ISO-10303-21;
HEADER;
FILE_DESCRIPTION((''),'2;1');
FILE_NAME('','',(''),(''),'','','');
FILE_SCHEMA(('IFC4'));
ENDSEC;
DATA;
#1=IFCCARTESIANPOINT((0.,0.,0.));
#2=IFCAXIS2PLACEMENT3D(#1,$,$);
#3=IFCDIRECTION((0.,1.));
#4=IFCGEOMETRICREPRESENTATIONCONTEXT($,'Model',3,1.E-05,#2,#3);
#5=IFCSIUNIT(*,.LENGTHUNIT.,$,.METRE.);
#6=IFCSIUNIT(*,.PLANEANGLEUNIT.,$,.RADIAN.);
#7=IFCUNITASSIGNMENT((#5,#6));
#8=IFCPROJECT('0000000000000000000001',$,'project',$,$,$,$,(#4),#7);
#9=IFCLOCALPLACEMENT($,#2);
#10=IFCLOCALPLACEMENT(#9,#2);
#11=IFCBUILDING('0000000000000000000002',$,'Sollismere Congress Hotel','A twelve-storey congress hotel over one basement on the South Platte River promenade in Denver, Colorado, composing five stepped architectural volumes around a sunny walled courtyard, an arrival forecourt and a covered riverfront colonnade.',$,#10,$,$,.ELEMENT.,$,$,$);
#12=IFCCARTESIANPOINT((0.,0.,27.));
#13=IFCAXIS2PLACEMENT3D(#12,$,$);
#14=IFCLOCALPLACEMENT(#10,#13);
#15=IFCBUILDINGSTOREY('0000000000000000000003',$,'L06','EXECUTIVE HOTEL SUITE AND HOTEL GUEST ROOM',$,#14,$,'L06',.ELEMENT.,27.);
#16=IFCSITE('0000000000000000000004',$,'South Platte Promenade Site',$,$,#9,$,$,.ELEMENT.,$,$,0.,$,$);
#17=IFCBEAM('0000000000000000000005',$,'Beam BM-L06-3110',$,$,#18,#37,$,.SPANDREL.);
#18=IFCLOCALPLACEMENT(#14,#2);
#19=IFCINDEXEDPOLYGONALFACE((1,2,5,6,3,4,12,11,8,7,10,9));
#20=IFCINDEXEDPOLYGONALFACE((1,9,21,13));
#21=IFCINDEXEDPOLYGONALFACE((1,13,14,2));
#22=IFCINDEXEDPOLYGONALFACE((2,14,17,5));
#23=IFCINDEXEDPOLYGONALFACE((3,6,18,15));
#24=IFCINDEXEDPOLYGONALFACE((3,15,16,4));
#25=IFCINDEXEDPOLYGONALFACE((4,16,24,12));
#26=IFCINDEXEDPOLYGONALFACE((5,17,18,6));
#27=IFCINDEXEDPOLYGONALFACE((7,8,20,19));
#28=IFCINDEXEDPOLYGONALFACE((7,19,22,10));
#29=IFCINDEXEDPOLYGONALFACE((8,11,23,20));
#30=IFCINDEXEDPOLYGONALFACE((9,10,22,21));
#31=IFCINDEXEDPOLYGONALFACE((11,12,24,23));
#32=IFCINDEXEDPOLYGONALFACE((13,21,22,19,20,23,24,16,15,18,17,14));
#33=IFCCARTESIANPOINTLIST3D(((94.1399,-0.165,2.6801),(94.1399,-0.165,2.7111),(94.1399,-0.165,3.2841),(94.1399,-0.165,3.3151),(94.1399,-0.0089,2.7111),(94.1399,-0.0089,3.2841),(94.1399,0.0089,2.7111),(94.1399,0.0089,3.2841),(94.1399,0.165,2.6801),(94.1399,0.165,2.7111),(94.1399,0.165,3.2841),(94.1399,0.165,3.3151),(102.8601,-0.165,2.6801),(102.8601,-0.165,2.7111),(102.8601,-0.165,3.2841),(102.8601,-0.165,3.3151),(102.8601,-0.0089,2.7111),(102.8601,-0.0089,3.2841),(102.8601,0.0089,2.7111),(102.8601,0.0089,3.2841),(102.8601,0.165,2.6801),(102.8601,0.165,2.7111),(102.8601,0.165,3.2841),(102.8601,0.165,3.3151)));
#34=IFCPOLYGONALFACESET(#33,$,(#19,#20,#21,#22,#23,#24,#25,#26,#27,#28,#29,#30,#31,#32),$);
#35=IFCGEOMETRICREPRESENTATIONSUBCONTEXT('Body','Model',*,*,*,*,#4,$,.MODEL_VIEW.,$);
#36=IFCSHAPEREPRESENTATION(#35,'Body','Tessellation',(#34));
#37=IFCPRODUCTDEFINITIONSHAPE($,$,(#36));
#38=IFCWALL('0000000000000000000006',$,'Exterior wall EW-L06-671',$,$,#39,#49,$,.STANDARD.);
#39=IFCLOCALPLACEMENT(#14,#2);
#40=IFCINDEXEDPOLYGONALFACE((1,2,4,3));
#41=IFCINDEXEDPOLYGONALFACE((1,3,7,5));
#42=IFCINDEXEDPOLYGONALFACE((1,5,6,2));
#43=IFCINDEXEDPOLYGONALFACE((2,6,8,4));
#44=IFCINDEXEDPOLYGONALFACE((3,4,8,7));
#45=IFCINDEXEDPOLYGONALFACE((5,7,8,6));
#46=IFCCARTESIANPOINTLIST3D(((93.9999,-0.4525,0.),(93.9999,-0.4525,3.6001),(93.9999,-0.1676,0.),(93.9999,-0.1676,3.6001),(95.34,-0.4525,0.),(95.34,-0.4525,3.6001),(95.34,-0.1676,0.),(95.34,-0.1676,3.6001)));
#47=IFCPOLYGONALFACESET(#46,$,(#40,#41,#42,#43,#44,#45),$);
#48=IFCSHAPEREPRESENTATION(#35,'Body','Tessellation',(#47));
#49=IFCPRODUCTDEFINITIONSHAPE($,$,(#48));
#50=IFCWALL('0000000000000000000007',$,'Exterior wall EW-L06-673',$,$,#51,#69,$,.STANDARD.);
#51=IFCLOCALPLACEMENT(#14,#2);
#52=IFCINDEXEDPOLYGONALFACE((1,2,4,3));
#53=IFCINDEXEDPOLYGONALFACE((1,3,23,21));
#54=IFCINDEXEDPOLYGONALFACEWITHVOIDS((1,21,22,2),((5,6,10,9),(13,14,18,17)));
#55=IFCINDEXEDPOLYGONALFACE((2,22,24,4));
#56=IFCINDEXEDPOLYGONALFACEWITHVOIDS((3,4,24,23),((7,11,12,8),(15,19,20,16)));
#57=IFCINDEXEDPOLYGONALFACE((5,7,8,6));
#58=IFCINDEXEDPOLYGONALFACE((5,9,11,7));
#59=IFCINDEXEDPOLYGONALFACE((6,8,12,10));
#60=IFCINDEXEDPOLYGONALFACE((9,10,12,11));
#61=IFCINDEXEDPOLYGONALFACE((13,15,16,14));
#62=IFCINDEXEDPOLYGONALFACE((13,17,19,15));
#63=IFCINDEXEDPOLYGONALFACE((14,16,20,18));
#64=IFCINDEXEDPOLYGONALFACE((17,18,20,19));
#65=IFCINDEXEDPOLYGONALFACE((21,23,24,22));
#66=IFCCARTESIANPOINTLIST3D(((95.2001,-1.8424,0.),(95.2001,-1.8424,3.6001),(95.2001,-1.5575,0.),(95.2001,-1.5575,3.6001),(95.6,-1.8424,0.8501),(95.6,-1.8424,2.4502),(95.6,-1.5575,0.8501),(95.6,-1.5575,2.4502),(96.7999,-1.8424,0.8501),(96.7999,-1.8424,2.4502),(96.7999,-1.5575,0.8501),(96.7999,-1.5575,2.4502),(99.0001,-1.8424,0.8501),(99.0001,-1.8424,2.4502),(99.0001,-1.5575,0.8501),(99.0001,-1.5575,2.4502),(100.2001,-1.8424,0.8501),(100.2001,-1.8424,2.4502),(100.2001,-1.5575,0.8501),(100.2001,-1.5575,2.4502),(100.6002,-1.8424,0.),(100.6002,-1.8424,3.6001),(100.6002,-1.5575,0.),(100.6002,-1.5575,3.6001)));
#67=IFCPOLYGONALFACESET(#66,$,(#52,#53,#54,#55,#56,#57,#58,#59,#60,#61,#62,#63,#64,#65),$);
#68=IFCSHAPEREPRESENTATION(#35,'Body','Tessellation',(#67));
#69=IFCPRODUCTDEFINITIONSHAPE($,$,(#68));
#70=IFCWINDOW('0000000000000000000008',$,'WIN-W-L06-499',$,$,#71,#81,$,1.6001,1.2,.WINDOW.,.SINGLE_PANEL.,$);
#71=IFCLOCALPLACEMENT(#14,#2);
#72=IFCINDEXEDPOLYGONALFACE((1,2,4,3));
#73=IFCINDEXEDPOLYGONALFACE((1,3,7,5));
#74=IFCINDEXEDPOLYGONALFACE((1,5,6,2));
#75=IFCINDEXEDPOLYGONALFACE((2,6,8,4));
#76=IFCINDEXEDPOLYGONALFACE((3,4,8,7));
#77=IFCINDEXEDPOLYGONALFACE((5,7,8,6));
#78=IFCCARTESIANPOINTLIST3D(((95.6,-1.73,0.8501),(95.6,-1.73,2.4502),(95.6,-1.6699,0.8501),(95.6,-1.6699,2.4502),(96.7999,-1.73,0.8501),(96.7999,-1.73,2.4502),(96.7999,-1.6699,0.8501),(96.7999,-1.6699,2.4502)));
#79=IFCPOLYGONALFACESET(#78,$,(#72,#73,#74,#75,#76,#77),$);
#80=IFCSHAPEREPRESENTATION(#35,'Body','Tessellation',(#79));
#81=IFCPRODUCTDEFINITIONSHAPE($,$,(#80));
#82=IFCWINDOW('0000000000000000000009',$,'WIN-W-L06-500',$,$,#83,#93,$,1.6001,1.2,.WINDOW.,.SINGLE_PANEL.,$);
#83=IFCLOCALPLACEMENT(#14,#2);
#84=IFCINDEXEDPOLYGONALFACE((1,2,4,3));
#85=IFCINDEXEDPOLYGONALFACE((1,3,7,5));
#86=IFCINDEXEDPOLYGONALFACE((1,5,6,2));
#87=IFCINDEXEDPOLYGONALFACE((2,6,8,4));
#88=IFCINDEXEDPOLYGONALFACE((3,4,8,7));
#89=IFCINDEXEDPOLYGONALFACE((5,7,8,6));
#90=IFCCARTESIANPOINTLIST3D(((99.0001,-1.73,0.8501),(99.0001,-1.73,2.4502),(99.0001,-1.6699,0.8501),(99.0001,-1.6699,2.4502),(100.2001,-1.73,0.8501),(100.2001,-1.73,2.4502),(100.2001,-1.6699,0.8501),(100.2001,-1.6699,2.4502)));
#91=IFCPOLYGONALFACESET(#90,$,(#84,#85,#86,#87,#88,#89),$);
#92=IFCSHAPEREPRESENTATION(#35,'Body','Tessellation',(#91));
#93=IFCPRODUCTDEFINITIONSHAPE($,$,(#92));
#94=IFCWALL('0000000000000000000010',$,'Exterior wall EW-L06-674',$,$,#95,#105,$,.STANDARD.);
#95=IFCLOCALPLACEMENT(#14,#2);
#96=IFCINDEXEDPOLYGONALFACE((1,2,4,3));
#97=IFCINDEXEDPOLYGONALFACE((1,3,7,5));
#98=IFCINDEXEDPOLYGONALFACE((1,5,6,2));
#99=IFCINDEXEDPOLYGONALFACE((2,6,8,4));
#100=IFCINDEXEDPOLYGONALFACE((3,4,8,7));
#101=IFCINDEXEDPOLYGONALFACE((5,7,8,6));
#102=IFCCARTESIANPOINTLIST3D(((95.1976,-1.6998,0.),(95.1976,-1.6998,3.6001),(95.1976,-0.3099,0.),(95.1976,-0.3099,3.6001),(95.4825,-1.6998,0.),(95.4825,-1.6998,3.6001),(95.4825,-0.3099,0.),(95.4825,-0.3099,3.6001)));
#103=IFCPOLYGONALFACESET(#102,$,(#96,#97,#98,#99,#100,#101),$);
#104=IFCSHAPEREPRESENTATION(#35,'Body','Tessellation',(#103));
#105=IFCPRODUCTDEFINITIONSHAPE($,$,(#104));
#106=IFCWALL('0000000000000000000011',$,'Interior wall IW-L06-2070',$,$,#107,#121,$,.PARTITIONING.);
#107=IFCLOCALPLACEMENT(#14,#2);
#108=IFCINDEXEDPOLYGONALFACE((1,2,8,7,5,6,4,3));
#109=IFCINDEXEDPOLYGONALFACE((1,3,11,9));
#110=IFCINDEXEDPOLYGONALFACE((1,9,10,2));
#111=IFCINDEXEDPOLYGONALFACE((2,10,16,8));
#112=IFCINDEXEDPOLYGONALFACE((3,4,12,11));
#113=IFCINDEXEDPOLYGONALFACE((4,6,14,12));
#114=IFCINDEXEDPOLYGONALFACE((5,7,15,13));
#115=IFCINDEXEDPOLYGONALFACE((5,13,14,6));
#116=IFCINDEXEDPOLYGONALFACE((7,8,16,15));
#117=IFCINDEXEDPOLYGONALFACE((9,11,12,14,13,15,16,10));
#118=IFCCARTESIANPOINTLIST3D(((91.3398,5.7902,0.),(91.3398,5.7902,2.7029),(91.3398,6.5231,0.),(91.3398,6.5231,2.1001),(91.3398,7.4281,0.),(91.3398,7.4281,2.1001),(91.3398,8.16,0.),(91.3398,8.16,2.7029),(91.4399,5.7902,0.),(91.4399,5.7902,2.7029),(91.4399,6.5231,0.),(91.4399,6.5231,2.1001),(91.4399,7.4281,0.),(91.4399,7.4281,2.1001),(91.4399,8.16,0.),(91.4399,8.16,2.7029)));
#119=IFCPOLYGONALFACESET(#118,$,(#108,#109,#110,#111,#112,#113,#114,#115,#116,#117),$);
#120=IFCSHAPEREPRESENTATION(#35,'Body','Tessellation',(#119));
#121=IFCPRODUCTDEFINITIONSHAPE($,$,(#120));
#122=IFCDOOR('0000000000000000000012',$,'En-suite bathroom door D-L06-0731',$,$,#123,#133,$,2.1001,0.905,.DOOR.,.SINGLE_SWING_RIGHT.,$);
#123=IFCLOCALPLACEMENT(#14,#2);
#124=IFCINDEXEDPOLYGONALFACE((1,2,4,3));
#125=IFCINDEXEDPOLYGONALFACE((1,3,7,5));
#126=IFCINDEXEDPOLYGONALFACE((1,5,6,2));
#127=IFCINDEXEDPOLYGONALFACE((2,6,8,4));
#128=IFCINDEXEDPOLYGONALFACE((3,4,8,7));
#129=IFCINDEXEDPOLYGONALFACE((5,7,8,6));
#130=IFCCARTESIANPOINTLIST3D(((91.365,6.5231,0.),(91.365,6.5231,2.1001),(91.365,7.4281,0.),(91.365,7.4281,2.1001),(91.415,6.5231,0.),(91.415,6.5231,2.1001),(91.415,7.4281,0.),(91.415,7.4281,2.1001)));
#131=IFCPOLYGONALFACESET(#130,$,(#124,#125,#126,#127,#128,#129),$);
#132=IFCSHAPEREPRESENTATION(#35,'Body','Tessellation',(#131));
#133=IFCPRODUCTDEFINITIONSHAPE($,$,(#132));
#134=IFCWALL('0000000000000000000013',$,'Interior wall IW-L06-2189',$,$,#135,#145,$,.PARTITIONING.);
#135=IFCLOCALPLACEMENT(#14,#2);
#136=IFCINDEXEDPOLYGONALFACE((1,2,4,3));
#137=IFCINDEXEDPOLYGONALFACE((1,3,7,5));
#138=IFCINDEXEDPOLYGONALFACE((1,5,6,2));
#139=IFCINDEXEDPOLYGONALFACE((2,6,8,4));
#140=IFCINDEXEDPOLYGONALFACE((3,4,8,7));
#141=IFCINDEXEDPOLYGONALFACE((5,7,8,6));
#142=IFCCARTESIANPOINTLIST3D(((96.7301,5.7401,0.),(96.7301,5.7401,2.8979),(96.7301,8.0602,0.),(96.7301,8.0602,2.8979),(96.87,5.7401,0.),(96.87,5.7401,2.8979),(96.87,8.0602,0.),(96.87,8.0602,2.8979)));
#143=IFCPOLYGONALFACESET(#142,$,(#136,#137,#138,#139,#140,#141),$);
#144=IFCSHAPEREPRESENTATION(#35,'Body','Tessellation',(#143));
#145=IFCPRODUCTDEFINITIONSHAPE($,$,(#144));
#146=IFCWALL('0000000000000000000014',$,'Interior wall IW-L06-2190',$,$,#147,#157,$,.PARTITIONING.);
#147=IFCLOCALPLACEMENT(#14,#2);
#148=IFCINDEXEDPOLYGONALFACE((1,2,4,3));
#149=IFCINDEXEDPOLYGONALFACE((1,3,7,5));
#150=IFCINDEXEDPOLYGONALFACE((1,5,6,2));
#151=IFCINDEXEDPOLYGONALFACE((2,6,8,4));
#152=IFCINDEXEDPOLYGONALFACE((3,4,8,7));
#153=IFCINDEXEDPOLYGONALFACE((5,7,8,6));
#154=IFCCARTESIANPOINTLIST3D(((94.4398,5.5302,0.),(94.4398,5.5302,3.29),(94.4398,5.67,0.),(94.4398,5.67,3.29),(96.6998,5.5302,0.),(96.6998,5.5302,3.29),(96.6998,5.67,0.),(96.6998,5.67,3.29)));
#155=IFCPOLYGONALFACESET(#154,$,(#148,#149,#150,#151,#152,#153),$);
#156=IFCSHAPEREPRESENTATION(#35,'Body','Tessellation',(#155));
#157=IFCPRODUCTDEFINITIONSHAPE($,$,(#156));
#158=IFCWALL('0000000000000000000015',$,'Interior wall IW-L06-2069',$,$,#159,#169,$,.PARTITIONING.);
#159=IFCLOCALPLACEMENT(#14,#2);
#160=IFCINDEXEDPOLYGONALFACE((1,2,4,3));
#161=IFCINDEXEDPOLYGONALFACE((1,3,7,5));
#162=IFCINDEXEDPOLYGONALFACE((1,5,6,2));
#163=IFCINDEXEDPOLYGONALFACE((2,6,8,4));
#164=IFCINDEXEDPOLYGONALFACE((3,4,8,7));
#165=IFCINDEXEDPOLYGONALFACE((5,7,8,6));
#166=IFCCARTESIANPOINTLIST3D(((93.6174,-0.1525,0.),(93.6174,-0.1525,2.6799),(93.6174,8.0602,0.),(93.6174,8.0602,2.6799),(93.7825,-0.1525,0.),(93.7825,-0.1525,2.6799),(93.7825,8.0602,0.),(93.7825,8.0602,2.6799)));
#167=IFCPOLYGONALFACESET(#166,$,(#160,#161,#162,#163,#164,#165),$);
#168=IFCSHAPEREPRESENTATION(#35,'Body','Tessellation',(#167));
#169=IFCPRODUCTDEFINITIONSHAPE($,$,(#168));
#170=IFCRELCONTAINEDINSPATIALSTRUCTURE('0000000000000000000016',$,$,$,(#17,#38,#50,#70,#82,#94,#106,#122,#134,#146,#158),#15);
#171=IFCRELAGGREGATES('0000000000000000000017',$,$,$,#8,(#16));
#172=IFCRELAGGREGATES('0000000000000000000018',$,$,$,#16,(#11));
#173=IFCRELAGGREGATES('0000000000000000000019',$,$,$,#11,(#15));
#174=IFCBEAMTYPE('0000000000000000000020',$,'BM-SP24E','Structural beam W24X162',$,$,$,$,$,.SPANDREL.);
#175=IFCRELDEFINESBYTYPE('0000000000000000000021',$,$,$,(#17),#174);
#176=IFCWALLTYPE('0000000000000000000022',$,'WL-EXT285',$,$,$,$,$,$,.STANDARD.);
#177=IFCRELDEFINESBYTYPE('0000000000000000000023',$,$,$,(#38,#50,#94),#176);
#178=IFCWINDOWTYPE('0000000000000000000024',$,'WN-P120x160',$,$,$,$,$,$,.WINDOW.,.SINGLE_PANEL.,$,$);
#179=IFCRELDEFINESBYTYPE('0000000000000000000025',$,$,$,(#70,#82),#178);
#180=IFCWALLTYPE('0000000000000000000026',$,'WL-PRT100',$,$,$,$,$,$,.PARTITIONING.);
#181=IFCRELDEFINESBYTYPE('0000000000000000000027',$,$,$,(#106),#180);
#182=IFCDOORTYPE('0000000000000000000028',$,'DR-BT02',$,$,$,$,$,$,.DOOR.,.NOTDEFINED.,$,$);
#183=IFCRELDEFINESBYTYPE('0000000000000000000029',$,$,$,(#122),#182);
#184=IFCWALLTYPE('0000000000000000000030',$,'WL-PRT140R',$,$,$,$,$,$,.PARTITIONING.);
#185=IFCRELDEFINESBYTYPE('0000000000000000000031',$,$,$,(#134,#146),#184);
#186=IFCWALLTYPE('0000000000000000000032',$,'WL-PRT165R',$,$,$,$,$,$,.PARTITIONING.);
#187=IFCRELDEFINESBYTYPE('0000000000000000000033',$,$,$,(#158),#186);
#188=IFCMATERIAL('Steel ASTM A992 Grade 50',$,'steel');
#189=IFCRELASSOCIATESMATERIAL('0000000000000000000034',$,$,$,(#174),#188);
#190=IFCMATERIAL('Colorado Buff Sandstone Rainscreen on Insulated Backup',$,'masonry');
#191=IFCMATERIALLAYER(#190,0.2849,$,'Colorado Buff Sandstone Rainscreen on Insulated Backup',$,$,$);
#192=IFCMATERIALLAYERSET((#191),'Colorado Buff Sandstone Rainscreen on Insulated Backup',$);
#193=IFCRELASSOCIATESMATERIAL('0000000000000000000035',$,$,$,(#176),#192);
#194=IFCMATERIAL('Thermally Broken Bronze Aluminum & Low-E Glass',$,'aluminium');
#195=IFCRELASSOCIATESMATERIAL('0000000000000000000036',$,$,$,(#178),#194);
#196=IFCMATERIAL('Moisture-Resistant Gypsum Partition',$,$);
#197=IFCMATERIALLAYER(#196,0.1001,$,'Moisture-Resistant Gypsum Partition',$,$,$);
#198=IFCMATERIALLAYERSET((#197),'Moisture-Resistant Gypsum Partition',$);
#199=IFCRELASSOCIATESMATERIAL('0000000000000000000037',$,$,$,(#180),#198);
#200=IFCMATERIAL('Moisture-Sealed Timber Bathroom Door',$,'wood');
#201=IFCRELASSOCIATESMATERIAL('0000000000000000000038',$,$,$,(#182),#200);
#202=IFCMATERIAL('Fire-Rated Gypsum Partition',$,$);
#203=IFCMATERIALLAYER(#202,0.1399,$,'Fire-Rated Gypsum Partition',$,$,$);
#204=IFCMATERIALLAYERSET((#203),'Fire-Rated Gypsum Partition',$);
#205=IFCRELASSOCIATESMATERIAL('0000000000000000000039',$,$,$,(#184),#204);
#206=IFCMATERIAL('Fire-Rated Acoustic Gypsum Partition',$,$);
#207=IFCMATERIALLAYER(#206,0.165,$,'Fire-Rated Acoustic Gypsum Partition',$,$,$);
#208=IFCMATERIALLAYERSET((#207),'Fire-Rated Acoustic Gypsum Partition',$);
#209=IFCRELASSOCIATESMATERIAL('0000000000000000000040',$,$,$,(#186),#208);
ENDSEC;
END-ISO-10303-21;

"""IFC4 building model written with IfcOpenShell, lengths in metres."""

from ifc_helpers import new_model, si_unit, direction, frame, frame_2d, origin, origin_2d, place, context, subcontext, project, spatial, rectangle, i_section, extrude, material, layer, layer_set, material_profile, profile_set, type_object, element, fill, save


model = new_model("IFC4")

# Units and contexts
model_context = context("Model", 3, precision=1e-05, world=origin(), true_north=direction((0.0, 1.0)))
body_context = subcontext(model_context, "Body", "Model", "MODEL_VIEW")
ifc_project = project(units=[si_unit("LENGTHUNIT", "METRE"), si_unit("PLANEANGLEUNIT", "RADIAN")], contexts=[model_context])

# Site, building, storey
site_placement = place(None, origin())
site = spatial("IfcSite", under=ifc_project, at=site_placement, Name="South Platte Promenade Site", CompositionType="ELEMENT", RefElevation=0.0)
building_placement = place(site_placement, origin())
building = spatial("IfcBuilding", under=site, at=building_placement, Name="Sollismere Congress Hotel", Description="A twelve-storey congress hotel over one basement on the South Platte River promenade in Denver, Colorado, composing five stepped architectural volumes around a sunny walled courtyard, an arrival forecourt and a covered riverfront colonnade.", CompositionType="ELEMENT")
storey_placement = place(building_placement, frame((0.0, 0.0, 27.0)))
storey = spatial("IfcBuildingStorey", under=building, at=storey_placement, Name="L06", Description="EXECUTIVE HOTEL SUITE AND HOTEL GUEST ROOM", LongName="L06", CompositionType="ELEMENT", Elevation=27.0)

# Shared definitions
ifc_material_1 = material(Name="Steel ASTM A992 Grade 50", Category="steel")

# Beam
ifc_material_profile_1 = material_profile(ifc_material_1, i_section(OverallWidth=0.3301, OverallDepth=0.635, WebThickness=0.0178, FlangeThickness=0.031, at=origin_2d()), Name="W24X162")
ifc_profile_set_1 = profile_set([ifc_material_profile_1], Name="Steel ASTM A992 Grade 50")
beam_type_1 = type_object("IfcBeamType", Name="BM-SP24E", Description="Structural beam W24X162", PredefinedType="SPANDREL", material=ifc_profile_set_1)
beam_1_placement = place(storey_placement, frame((94.1399, 0.0, 2.9976), z_axis=(1.0, 0.0, 0.0), x_axis=(0.0, 1.0, 0.0)))
element("IfcBeam", 1, at=beam_1_placement, inside=storey, type_object=beam_type_1, Name="Beam BM-L06-3110", PredefinedType="SPANDREL", context=body_context, shape_type="SweptSolid", body=[
    extrude(i_section(OverallWidth=0.3301, OverallDepth=0.635, WebThickness=0.0178, FlangeThickness=0.031, at=origin_2d()), origin(), (0.0, 0.0, 1.0), 8.7202),
])

# Wall
ifc_material_2 = material(Name="Colorado Buff Sandstone Rainscreen on Insulated Backup", Category="masonry")
ifc_layer_1 = layer(ifc_material_2, 0.2849, Name="Colorado Buff Sandstone Rainscreen on Insulated Backup")
ifc_layer_set_1 = layer_set([ifc_layer_1], Name="Colorado Buff Sandstone Rainscreen on Insulated Backup")
wall_type_1 = type_object("IfcWallType", Name="WL-EXT285", PredefinedType="STANDARD", material=ifc_layer_set_1)
wall_1_placement = place(storey_placement, frame((94.0, -0.3101, 0.0), z_axis=(0.0, 0.0, 1.0), x_axis=(1.0, 0.0, 0.0)))
element("IfcWall", 2, at=wall_1_placement, inside=storey, type_object=wall_type_1, Name="Exterior wall EW-L06-671", PredefinedType="STANDARD", context=body_context, shape_type="SweptSolid", body=[
    extrude(rectangle(XDim=1.3401, YDim=0.2849, at=frame_2d((0.6699, 0.0))), origin(), (0.0, 0.0, 1.0), 3.6001),
])

# Wall, openings, windows
wall_2_placement = place(storey_placement, frame((95.2, -1.7, 0.0), z_axis=(0.0, 0.0, 1.0), x_axis=(1.0, 0.0, 0.0)))
wall_2 = element("IfcWall", 3, at=wall_2_placement, inside=storey, type_object=wall_type_1, Name="Exterior wall EW-L06-673", PredefinedType="STANDARD", context=body_context, shape_type="SweptSolid", body=[
    extrude(rectangle(XDim=5.4001, YDim=0.2849, at=frame_2d((2.7002, 0.0))), origin(), (0.0, 0.0, 1.0), 3.6001),
])
opening_1_placement = place(wall_2_placement, frame((0.3999, 0.0, 0.8501)))
opening_1 = element("IfcOpeningElement", 4, at=opening_1_placement, cuts=wall_2, PredefinedType="OPENING", context=body_context, shape_type="SweptSolid", body=[
    extrude(rectangle(XDim=1.2, YDim=1.6001, at=frame_2d((0.6001, 0.8))), frame((0.0, 0.1523, 0.0), z_axis=(0.0, -1.0, 0.0), x_axis=(1.0, 0.0, 0.0)), (0.0, 0.0, 1.0), 0.3049),
])
opening_2_placement = place(wall_2_placement, frame((3.8, 0.0, 0.8501)))
opening_2 = element("IfcOpeningElement", 5, at=opening_2_placement, cuts=wall_2, PredefinedType="OPENING", context=body_context, shape_type="SweptSolid", body=[
    extrude(rectangle(XDim=1.2, YDim=1.6001, at=frame_2d((0.6001, 0.8))), frame((0.0, 0.1523, 0.0), z_axis=(0.0, -1.0, 0.0), x_axis=(1.0, 0.0, 0.0)), (0.0, 0.0, 1.0), 0.3049),
])
ifc_material_3 = material(Name="Thermally Broken Bronze Aluminum & Low-E Glass", Category="aluminium")
window_type = type_object("IfcWindowType", Name="WN-P120x160", PartitioningType="SINGLE_PANEL", PredefinedType="WINDOW", material=ifc_material_3)
window_1_placement = place(opening_1_placement, origin())
window_1 = element("IfcWindow", 6, at=window_1_placement, inside=storey, type_object=window_type, Name="WIN-W-L06-499", OverallHeight=1.6001, OverallWidth=1.2, PartitioningType="SINGLE_PANEL", PredefinedType="WINDOW", context=body_context, shape_type="SweptSolid", body=[
    extrude(rectangle(XDim=1.2, YDim=1.6001, at=frame_2d((0.6001, 0.8))), frame((0.0, 0.03, 0.0), z_axis=(0.0, -1.0, 0.0), x_axis=(1.0, 0.0, 0.0)), (0.0, 0.0, 1.0), 0.0601),
])
fill(opening_1, window_1)
window_2_placement = place(opening_2_placement, origin())
window_2 = element("IfcWindow", 7, at=window_2_placement, inside=storey, type_object=window_type, Name="WIN-W-L06-500", OverallHeight=1.6001, OverallWidth=1.2, PartitioningType="SINGLE_PANEL", PredefinedType="WINDOW", context=body_context, shape_type="SweptSolid", body=[
    extrude(rectangle(XDim=1.2, YDim=1.6001, at=frame_2d((0.6001, 0.8))), frame((0.0, 0.03, 0.0), z_axis=(0.0, -1.0, 0.0), x_axis=(1.0, 0.0, 0.0)), (0.0, 0.0, 1.0), 0.0601),
])
fill(opening_2, window_2)

# Wall
wall_3_placement = place(storey_placement, frame((95.3401, -0.3101, 0.0), z_axis=(0.0, 0.0, 1.0), x_axis=(0.0, -1.0, 0.0)))
element("IfcWall", 8, at=wall_3_placement, inside=storey, type_object=wall_type_1, Name="Exterior wall EW-L06-674", PredefinedType="STANDARD", context=body_context, shape_type="SweptSolid", body=[
    extrude(rectangle(XDim=1.3899, YDim=0.2849, at=frame_2d((0.6948, 0.0))), origin(), (0.0, 0.0, 1.0), 3.6001),
])

# Wall, opening, door
ifc_material_4 = material(Name="Moisture-Resistant Gypsum Partition")
ifc_layer_2 = layer(ifc_material_4, 0.1001, Name="Moisture-Resistant Gypsum Partition")
ifc_layer_set_2 = layer_set([ifc_layer_2], Name="Moisture-Resistant Gypsum Partition")
wall_type_2 = type_object("IfcWallType", Name="WL-PRT100", PredefinedType="PARTITIONING", material=ifc_layer_set_2)
wall_4_placement = place(storey_placement, frame((91.3899, 5.79, 0.0), z_axis=(0.0, 0.0, 1.0), x_axis=(0.0, 1.0, 0.0)))
wall_4 = element("IfcWall", 9, at=wall_4_placement, inside=storey, type_object=wall_type_2, Name="Interior wall IW-L06-2070", PredefinedType="PARTITIONING", context=body_context, shape_type="SweptSolid", body=[
    extrude(rectangle(XDim=2.3699, YDim=0.1001, at=frame_2d((1.1851, 0.0))), origin(), (0.0, 0.0, 1.0), 2.7029),
])
opening_3_placement = place(wall_4_placement, frame((0.7329, 0.0, 0.0)))
opening_3 = element("IfcOpeningElement", 10, at=opening_3_placement, cuts=wall_4, PredefinedType="OPENING", context=body_context, shape_type="SweptSolid", body=[
    extrude(rectangle(XDim=0.905, YDim=2.1001, at=frame_2d((0.4526, 1.05))), frame((0.0, 0.0601, 0.0), z_axis=(0.0, -1.0, 0.0), x_axis=(1.0, 0.0, 0.0)), (0.0, 0.0, 1.0), 0.1201),
])
ifc_material_5 = material(Name="Moisture-Sealed Timber Bathroom Door", Category="wood")
door_type_1 = type_object("IfcDoorType", Name="DR-BT02", OperationType="NOTDEFINED", PredefinedType="DOOR", material=ifc_material_5)
door_1_placement = place(opening_3_placement, origin())
door_1 = element("IfcDoor", 11, at=door_1_placement, inside=storey, type_object=door_type_1, Name="En-suite bathroom door D-L06-0731", OperationType="SINGLE_SWING_RIGHT", OverallHeight=2.1001, OverallWidth=0.905, PredefinedType="DOOR", context=body_context, shape_type="SweptSolid", body=[
    extrude(rectangle(XDim=0.905, YDim=2.1001, at=frame_2d((0.4526, 1.05))), frame((0.0, 0.0249, 0.0), z_axis=(0.0, -1.0, 0.0), x_axis=(1.0, 0.0, 0.0)), (0.0, 0.0, 1.0), 0.05),
])
fill(opening_3, door_1)
ifc_material_6 = material(Name="Fire-Rated Gypsum Partition")
ifc_layer_3 = layer(ifc_material_6, 0.1399, Name="Fire-Rated Gypsum Partition")
ifc_layer_set_3 = layer_set([ifc_layer_3], Name="Fire-Rated Gypsum Partition")
wall_type_3 = type_object("IfcWallType", Name="WL-PRT140R", PredefinedType="PARTITIONING", material=ifc_layer_set_3)

# Walls
wall_5_placement = place(storey_placement, frame((96.8, 5.74, 0.0), z_axis=(0.0, 0.0, 1.0), x_axis=(0.0, 1.0, 0.0)))
element("IfcWall", 12, at=wall_5_placement, inside=storey, type_object=wall_type_3, Name="Interior wall IW-L06-2189", PredefinedType="PARTITIONING", context=body_context, shape_type="SweptSolid", body=[
    extrude(rectangle(XDim=2.3201, YDim=0.1399, at=frame_2d((1.1602, 0.0))), origin(), (0.0, 0.0, 1.0), 2.8979),
])
wall_6_placement = place(storey_placement, frame((94.4399, 5.6001, 0.0), z_axis=(0.0, 0.0, 1.0), x_axis=(1.0, 0.0, 0.0)))
element("IfcWall", 13, at=wall_6_placement, inside=storey, type_object=wall_type_3, Name="Interior wall IW-L06-2190", PredefinedType="PARTITIONING", context=body_context, shape_type="SweptSolid", body=[
    extrude(rectangle(XDim=2.26, YDim=0.1399, at=frame_2d((1.1299, 0.0))), origin(), (0.0, 0.0, 1.0), 3.29),
])
ifc_material_7 = material(Name="Fire-Rated Acoustic Gypsum Partition")
ifc_layer_4 = layer(ifc_material_7, 0.165, Name="Fire-Rated Acoustic Gypsum Partition")
ifc_layer_set_4 = layer_set([ifc_layer_4], Name="Fire-Rated Acoustic Gypsum Partition")
wall_type_4 = type_object("IfcWallType", Name="WL-PRT165R", PredefinedType="PARTITIONING", material=ifc_layer_set_4)
for number, where, z_axis, x_axis, name in (
    (14, (93.7, -0.1526, 0.0), (0.0, 0.0, 1.0), (0.0, 1.0, 0.0), "Interior wall IW-L06-2069"),
):
    element("IfcWall", number, at=place(storey_placement, frame(where, z_axis=z_axis, x_axis=x_axis)), inside=storey, type_object=wall_type_4, Name=name, PredefinedType="PARTITIONING", context=body_context, shape_type="SweptSolid", body=[
        extrude(rectangle(XDim=8.2126, YDim=0.165, at=frame_2d((4.1064, 0.0))), origin(), (0.0, 0.0, 1.0), 2.6799),
    ])

save(model, "model.ifc")
